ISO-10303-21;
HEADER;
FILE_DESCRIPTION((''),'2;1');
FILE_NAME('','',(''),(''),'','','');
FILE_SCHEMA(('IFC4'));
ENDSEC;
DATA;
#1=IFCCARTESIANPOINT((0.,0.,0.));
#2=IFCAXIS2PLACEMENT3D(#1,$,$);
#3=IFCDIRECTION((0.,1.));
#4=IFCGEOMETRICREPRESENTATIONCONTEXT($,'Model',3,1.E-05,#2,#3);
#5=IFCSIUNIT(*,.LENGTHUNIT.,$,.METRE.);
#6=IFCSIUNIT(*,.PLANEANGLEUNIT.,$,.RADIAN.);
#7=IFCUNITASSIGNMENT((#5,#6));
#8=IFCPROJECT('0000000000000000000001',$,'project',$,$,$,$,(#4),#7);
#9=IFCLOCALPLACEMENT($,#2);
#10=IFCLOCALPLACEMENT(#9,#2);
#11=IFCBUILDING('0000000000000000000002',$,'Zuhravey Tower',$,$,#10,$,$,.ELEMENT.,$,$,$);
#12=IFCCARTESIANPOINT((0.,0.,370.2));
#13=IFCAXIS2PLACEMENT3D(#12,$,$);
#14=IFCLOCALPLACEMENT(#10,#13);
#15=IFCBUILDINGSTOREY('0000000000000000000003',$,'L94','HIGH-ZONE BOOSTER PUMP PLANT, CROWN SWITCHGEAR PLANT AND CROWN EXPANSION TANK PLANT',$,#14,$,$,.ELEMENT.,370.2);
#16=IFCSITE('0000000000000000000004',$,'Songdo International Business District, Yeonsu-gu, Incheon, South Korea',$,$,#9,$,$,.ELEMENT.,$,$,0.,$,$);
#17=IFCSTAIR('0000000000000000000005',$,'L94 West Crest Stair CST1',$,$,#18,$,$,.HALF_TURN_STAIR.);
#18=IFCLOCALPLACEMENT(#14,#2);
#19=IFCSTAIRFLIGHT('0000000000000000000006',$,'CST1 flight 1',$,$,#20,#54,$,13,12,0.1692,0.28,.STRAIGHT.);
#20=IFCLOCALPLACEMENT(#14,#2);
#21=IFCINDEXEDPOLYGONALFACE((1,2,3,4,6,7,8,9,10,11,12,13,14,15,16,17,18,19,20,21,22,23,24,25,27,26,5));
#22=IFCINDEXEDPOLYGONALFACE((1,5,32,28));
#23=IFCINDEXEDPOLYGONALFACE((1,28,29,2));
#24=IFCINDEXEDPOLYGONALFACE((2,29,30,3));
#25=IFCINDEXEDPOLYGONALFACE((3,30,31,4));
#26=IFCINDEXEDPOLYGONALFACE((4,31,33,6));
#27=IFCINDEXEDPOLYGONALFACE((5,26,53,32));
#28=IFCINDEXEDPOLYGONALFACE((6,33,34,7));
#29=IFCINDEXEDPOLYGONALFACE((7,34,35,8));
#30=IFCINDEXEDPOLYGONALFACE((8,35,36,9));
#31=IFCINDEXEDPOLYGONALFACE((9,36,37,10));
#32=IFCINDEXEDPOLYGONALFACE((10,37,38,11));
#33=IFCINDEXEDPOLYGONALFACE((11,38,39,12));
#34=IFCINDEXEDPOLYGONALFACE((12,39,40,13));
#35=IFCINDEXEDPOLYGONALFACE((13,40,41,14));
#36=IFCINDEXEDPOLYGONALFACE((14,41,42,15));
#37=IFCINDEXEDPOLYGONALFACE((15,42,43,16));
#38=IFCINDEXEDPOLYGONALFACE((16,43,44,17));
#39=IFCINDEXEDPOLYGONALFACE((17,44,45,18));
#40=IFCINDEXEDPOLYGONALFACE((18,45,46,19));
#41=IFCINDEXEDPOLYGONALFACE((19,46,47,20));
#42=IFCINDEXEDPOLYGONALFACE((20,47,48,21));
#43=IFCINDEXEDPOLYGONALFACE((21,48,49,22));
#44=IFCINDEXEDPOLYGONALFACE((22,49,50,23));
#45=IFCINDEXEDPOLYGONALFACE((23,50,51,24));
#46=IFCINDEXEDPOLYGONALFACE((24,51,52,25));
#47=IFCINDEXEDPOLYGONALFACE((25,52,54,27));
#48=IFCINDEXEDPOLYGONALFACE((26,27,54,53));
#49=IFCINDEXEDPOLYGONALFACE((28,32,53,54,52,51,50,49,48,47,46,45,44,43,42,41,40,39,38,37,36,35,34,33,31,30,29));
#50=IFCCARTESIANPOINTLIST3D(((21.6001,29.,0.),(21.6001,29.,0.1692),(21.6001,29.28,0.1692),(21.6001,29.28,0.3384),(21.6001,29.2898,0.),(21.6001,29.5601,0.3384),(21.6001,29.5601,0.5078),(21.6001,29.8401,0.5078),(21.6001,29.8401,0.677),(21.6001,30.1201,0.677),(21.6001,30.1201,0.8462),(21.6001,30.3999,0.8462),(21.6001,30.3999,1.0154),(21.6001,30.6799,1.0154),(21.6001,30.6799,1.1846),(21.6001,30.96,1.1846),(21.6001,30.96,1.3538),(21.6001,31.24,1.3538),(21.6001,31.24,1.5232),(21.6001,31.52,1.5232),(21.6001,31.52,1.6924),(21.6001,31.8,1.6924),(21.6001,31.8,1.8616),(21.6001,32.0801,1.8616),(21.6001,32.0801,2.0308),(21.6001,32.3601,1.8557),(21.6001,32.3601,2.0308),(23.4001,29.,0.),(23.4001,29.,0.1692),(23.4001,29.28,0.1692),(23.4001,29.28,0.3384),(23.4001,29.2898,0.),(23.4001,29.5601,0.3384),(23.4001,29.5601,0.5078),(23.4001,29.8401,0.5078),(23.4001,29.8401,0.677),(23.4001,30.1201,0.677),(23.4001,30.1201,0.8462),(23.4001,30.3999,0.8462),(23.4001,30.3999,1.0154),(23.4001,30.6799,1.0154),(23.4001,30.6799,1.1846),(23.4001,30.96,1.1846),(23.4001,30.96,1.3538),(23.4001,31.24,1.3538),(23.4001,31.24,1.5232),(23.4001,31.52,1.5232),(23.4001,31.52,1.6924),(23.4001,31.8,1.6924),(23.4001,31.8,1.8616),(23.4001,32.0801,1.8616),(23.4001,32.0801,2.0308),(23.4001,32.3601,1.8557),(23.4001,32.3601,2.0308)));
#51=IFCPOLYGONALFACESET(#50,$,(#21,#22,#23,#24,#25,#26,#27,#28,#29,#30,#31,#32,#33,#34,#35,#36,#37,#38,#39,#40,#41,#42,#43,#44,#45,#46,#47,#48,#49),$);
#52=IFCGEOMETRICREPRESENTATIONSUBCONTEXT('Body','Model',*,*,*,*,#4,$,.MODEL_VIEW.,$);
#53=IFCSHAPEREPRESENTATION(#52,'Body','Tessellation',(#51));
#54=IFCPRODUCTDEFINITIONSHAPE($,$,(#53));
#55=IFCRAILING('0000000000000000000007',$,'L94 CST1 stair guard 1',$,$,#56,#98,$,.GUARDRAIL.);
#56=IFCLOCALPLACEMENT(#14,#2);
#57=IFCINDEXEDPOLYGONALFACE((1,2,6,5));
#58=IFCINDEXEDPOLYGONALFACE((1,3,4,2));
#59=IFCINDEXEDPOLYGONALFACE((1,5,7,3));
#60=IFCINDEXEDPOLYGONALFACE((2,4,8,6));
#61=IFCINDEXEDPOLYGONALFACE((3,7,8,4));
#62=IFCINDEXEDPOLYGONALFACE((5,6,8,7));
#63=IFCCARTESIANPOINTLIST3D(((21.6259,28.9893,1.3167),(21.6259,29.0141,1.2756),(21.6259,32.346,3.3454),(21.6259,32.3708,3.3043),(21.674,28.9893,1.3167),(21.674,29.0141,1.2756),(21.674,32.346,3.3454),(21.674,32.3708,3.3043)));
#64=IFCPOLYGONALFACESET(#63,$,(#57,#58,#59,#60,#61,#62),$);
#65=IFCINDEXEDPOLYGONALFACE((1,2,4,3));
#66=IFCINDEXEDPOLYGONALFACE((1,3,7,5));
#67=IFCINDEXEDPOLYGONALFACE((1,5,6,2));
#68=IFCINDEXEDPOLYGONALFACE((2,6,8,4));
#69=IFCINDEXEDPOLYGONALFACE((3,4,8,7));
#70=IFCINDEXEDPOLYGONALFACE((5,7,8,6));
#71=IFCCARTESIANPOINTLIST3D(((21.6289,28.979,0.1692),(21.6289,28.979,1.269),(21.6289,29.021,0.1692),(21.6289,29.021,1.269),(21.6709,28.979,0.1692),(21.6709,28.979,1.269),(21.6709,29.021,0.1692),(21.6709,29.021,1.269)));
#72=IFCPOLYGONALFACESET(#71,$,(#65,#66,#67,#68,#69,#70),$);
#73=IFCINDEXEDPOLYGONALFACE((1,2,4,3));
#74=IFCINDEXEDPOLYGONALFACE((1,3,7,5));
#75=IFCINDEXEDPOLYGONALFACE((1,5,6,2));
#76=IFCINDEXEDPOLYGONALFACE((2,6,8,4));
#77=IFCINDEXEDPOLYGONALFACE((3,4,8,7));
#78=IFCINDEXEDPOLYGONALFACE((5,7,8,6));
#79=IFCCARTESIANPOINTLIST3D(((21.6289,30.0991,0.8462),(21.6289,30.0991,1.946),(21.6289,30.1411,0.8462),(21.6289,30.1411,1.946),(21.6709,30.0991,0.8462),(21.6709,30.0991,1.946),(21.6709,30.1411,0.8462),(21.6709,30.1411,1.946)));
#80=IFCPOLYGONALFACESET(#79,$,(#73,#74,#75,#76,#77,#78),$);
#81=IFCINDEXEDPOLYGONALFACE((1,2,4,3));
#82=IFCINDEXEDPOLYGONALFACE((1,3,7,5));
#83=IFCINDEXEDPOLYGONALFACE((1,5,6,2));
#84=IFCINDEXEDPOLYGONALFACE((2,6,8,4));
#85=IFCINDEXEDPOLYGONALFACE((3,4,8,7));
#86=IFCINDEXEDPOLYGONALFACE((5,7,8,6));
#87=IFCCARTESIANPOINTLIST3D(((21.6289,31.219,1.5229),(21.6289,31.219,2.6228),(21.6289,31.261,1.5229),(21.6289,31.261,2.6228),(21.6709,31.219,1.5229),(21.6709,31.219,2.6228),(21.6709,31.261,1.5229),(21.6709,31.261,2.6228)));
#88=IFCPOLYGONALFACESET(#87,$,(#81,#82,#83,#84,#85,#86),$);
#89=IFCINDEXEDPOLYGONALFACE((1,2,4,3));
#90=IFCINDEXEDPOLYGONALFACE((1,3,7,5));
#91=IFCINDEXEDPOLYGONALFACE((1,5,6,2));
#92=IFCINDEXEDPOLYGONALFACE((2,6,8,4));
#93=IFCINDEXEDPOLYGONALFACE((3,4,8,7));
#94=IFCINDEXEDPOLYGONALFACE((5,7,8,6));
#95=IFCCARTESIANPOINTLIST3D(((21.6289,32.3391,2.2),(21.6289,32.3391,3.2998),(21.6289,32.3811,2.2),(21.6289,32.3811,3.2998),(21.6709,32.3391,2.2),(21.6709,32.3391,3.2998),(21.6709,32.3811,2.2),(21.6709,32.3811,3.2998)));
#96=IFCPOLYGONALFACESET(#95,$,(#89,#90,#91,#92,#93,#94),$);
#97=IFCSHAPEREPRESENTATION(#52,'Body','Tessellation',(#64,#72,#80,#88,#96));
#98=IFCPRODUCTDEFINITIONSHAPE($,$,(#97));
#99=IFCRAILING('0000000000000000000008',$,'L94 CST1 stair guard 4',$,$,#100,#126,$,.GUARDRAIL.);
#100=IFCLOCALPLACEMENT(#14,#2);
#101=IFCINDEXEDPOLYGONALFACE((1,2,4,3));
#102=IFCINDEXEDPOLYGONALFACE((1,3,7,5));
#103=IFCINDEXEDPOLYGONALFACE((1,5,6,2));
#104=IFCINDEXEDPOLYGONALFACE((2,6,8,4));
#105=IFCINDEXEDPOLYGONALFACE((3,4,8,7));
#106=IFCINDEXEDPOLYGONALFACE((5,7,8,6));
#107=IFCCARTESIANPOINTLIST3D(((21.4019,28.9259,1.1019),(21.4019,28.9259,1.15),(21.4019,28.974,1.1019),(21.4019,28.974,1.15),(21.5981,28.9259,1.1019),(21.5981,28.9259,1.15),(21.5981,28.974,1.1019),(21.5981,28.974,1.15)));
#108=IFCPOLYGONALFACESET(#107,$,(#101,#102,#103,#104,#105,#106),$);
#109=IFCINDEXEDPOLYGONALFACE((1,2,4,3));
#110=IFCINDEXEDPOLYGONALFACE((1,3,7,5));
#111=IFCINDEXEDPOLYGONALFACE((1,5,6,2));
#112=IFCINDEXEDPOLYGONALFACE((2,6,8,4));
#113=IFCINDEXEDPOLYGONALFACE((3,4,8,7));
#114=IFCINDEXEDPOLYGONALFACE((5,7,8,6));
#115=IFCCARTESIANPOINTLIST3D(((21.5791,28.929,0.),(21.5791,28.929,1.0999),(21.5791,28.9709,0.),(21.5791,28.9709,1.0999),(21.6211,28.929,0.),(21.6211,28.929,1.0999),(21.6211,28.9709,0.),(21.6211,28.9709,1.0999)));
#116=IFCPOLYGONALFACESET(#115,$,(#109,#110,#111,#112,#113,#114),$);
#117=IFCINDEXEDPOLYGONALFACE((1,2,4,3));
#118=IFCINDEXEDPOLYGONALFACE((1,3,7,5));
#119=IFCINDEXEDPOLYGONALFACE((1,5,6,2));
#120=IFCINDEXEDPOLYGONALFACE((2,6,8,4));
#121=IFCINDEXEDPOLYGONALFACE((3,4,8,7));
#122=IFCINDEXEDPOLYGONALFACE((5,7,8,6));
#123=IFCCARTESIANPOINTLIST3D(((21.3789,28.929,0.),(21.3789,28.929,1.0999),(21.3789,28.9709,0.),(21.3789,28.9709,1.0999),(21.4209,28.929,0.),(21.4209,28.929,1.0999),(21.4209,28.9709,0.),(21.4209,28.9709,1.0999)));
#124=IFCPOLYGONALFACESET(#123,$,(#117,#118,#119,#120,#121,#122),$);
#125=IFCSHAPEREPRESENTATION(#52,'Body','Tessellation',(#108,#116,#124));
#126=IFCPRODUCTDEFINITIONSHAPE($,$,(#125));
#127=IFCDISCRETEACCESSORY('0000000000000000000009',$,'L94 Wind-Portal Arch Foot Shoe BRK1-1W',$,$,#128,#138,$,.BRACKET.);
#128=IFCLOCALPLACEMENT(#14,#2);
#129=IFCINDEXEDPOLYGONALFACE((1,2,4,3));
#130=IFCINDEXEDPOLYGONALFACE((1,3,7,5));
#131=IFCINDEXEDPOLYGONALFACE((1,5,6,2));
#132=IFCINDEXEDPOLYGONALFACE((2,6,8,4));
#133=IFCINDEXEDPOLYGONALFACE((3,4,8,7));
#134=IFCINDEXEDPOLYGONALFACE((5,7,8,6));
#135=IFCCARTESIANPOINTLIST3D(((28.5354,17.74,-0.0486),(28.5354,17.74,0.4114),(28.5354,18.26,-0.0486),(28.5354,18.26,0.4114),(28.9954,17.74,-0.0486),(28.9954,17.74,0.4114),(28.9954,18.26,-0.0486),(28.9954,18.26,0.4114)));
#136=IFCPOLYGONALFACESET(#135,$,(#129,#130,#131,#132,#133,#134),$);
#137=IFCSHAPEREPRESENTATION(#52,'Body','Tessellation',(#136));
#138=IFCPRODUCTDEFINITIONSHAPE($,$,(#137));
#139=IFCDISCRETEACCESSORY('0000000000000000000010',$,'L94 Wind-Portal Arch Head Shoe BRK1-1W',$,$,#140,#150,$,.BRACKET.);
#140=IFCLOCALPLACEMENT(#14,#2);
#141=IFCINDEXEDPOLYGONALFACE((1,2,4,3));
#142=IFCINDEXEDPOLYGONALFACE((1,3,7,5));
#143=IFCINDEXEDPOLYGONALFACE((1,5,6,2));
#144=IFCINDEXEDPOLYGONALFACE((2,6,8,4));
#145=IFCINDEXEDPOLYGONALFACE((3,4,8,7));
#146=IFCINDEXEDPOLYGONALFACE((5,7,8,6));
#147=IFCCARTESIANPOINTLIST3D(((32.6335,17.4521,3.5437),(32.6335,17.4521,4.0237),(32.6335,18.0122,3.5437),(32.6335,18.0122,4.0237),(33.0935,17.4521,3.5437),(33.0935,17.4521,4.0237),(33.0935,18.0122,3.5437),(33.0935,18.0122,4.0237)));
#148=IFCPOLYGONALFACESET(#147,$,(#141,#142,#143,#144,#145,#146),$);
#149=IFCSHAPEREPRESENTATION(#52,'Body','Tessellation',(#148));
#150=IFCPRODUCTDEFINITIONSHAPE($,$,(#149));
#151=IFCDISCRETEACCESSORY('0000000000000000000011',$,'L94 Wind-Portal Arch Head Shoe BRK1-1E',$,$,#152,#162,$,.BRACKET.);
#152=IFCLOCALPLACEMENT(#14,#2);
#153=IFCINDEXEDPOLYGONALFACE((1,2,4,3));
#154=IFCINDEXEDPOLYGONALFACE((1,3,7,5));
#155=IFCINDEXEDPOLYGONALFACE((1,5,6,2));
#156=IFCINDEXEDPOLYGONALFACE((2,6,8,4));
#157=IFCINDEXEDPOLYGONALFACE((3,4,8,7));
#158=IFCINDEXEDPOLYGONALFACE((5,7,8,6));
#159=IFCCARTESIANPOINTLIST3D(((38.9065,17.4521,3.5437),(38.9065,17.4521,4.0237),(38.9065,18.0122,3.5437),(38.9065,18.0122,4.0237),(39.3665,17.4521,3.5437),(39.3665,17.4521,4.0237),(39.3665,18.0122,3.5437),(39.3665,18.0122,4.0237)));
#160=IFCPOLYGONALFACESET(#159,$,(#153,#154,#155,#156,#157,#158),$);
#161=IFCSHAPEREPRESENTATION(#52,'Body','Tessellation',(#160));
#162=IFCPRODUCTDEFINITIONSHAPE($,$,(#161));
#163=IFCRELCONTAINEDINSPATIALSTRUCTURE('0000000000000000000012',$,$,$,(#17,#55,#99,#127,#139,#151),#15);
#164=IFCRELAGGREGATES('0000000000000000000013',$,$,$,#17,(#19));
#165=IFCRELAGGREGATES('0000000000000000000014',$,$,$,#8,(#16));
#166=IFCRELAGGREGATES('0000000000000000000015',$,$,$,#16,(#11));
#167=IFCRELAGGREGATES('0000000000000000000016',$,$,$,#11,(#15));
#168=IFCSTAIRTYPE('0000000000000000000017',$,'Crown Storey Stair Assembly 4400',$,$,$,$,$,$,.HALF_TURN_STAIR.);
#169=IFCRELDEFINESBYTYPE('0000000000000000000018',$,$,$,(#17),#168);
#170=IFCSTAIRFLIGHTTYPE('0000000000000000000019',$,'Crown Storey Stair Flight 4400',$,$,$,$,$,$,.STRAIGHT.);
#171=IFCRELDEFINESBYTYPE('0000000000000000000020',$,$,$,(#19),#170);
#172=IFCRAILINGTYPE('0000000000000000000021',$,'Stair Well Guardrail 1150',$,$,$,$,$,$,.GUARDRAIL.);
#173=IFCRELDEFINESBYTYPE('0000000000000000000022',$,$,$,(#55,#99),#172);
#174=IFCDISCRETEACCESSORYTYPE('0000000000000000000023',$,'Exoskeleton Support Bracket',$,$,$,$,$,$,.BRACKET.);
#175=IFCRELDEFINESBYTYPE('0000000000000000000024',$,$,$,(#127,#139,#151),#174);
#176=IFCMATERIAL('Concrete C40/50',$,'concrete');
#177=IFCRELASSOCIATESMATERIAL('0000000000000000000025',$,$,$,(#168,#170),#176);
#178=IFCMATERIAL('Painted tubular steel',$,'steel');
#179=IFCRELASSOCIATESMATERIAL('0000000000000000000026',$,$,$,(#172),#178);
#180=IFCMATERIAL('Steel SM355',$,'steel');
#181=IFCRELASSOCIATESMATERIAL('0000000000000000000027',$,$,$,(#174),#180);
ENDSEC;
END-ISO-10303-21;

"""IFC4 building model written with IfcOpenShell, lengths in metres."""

from ifc_helpers import new_model, si_unit, direction, frame, origin, origin_2d, place, context, subcontext, project, spatial, polyline, rectangle, outline, extrude, material, type_object, element, aggregate, save


model = new_model("IFC4")

# Units and contexts
model_context = context("Model", 3, precision=1e-05, world=origin(), true_north=direction((0.0, 1.0)))
body_context = subcontext(model_context, "Body", "Model", "MODEL_VIEW")
ifc_project = project(units=[si_unit("LENGTHUNIT", "METRE"), si_unit("PLANEANGLEUNIT", "RADIAN")], contexts=[model_context])

# Site, building, storey
site_placement = place(None, origin())
site = spatial("IfcSite", under=ifc_project, at=site_placement, Name="Songdo International Business District, Yeonsu-gu, Incheon, South Korea", CompositionType="ELEMENT", RefElevation=0.0)
building_placement = place(site_placement, origin())
building = spatial("IfcBuilding", under=site, at=building_placement, Name="Zuhravey Tower", CompositionType="ELEMENT")
storey_placement = place(building_placement, frame((0.0, 0.0, 370.2)))
storey = spatial("IfcBuildingStorey", under=building, at=storey_placement, Name="L94", Description="HIGH-ZONE BOOSTER PUMP PLANT, CROWN SWITCHGEAR PLANT AND CROWN EXPANSION TANK PLANT", CompositionType="ELEMENT", Elevation=370.2)

# Shared definitions
ifc_material_1 = material(Name="Steel SM355", Category="steel")

# Stair, stair flight
ifc_material_2 = material(Name="Concrete C40/50", Category="concrete")
stair_type = type_object("IfcStairType", Name="Crown Storey Stair Assembly 4400", PredefinedType="HALF_TURN_STAIR", material=ifc_material_2)
stair_placement = place(storey_placement, origin())
stair = element("IfcStair", 1, at=stair_placement, inside=storey, type_object=stair_type, Name="L94 West Crest Stair CST1", PredefinedType="HALF_TURN_STAIR")
stair_flight_type = type_object("IfcStairFlightType", Name="Crown Storey Stair Flight 4400", PredefinedType="STRAIGHT", material=ifc_material_2)
stair_flight_placement = place(storey_placement, frame((22.5, 29.0, 0.0), z_axis=(0.0, 0.0, 1.0), x_axis=(0.0, 1.0, 0.0)))
stair_flight = element("IfcStairFlight", 2, at=stair_flight_placement, type_object=stair_flight_type, Name="CST1 flight 1", NumberOfRisers=13, NumberOfTreads=12, PredefinedType="STRAIGHT", RiserHeight=0.1692, TreadLength=0.28, context=body_context, shape_type="SweptSolid", body=[
    extrude(outline(polyline([(0.0, 0.0), (0.0, 0.1692), (0.28, 0.1692), (0.28, 0.3384), (0.5601, 0.3384), (0.5601, 0.5078), (0.8401, 0.5078), (0.8401, 0.677), (1.1201, 0.677), (1.1201, 0.8462), (1.3999, 0.8462), (1.3999, 1.0154), (1.6799, 1.0154), (1.6799, 1.1846), (1.96, 1.1846), (1.96, 1.3538), (2.24, 1.3538), (2.24, 1.5232), (2.52, 1.5232), (2.52, 1.6924), (2.8, 1.6924), (2.8, 1.8616), (3.0801, 1.8616), (3.0801, 2.0308), (3.3601, 2.0308), (3.3601, 2.2), (3.3601, 1.8557), (0.2898, 0.0), (0.0, 0.0)])), frame((0.0, 0.8999, 0.0), z_axis=(0.0, -1.0, 0.0), x_axis=(1.0, 0.0, 0.0)), (0.0, 0.0, 1.0), 1.8),
])
aggregate(stair, [stair_flight])

# Railings
ifc_material_3 = material(Name="Painted tubular steel", Category="steel")
railing_type = type_object("IfcRailingType", Name="Stair Well Guardrail 1150", PredefinedType="GUARDRAIL", material=ifc_material_3)
railing_1_placement = place(storey_placement, frame((21.6499, 29.0, 0.1692)))
element("IfcRailing", 3, at=railing_1_placement, inside=storey, type_object=railing_type, Name="L94 CST1 stair guard 1", PredefinedType="GUARDRAIL", context=body_context, shape_type="SweptSolid", body=[
    extrude(rectangle(XDim=0.0481, YDim=0.0481, at=origin_2d()), frame((0.0, 0.0017, 1.127), z_axis=(0.0, 0.855837, 0.517246), x_axis=(-1.0, 0.0, 0.0)), (0.0, 0.0, 1.0), 3.9221),
    extrude(rectangle(XDim=0.042, YDim=0.042, at=origin_2d()), origin(), (0.0, 0.0, 1.0), 1.0999),
    extrude(rectangle(XDim=0.042, YDim=0.042, at=origin_2d()), frame((0.0, 1.1201, 0.677)), (0.0, 0.0, 1.0), 1.0999),
    extrude(rectangle(XDim=0.042, YDim=0.042, at=origin_2d()), frame((0.0, 2.24, 1.3538)), (0.0, 0.0, 1.0), 1.0999),
    extrude(rectangle(XDim=0.042, YDim=0.042, at=origin_2d()), frame((0.0, 3.3601, 2.0308)), (0.0, 0.0, 1.0), 1.0999),
])
railing_2_placement = place(storey_placement, frame((21.6001, 28.95, 0.0)))
element("IfcRailing", 4, at=railing_2_placement, inside=storey, type_object=railing_type, Name="L94 CST1 stair guard 4", PredefinedType="GUARDRAIL", context=body_context, shape_type="SweptSolid", body=[
    extrude(rectangle(XDim=0.0481, YDim=0.0481, at=origin_2d()), frame((-0.002, 0.0, 1.126), z_axis=(-1.0, 0.0, 0.0), x_axis=(0.0, -1.0, 0.0)), (0.0, 0.0, 1.0), 0.1963),
    extrude(rectangle(XDim=0.042, YDim=0.042, at=origin_2d()), origin(), (0.0, 0.0, 1.0), 1.0999),
    extrude(rectangle(XDim=0.042, YDim=0.042, at=origin_2d()), frame((-0.2002, 0.0, 0.0)), (0.0, 0.0, 1.0), 1.0999),
])

# Discrete accessories
discrete_accessory_type = type_object("IfcDiscreteAccessoryType", Name="Exoskeleton Support Bracket", PredefinedType="BRACKET", material=ifc_material_1)
discrete_accessory_placement = place(storey_placement, frame((28.7654, 18.0, -0.0486), z_axis=(0.0, 0.0, 1.0), x_axis=(1.0, 0.0, 0.0)))
element("IfcDiscreteAccessory", 5, at=discrete_accessory_placement, inside=storey, type_object=discrete_accessory_type, Name="L94 Wind-Portal Arch Foot Shoe BRK1-1W", PredefinedType="BRACKET", context=body_context, shape_type="SweptSolid", body=[
    extrude(rectangle(XDim=0.46, YDim=0.52, at=origin_2d()), origin(), (0.0, 0.0, 1.0), 0.46),
])
for number, where, z_axis, x_axis, name in (
    (6, (32.8635, 17.7322, 3.5437), (0.0, 0.0, 1.0), (1.0, 0.0, 0.0), "L94 Wind-Portal Arch Head Shoe BRK1-1W"),
    (7, (39.1365, 17.7322, 3.5437), (0.0, 0.0, 1.0), (1.0, 0.0, 0.0), "L94 Wind-Portal Arch Head Shoe BRK1-1E"),
):
    element("IfcDiscreteAccessory", number, at=place(storey_placement, frame(where, z_axis=z_axis, x_axis=x_axis)), inside=storey, type_object=discrete_accessory_type, Name=name, PredefinedType="BRACKET", context=body_context, shape_type="SweptSolid", body=[
        extrude(rectangle(XDim=0.46, YDim=0.5601, at=origin_2d()), origin(), (0.0, 0.0, 1.0), 0.48),
    ])

save(model, "model.ifc")
